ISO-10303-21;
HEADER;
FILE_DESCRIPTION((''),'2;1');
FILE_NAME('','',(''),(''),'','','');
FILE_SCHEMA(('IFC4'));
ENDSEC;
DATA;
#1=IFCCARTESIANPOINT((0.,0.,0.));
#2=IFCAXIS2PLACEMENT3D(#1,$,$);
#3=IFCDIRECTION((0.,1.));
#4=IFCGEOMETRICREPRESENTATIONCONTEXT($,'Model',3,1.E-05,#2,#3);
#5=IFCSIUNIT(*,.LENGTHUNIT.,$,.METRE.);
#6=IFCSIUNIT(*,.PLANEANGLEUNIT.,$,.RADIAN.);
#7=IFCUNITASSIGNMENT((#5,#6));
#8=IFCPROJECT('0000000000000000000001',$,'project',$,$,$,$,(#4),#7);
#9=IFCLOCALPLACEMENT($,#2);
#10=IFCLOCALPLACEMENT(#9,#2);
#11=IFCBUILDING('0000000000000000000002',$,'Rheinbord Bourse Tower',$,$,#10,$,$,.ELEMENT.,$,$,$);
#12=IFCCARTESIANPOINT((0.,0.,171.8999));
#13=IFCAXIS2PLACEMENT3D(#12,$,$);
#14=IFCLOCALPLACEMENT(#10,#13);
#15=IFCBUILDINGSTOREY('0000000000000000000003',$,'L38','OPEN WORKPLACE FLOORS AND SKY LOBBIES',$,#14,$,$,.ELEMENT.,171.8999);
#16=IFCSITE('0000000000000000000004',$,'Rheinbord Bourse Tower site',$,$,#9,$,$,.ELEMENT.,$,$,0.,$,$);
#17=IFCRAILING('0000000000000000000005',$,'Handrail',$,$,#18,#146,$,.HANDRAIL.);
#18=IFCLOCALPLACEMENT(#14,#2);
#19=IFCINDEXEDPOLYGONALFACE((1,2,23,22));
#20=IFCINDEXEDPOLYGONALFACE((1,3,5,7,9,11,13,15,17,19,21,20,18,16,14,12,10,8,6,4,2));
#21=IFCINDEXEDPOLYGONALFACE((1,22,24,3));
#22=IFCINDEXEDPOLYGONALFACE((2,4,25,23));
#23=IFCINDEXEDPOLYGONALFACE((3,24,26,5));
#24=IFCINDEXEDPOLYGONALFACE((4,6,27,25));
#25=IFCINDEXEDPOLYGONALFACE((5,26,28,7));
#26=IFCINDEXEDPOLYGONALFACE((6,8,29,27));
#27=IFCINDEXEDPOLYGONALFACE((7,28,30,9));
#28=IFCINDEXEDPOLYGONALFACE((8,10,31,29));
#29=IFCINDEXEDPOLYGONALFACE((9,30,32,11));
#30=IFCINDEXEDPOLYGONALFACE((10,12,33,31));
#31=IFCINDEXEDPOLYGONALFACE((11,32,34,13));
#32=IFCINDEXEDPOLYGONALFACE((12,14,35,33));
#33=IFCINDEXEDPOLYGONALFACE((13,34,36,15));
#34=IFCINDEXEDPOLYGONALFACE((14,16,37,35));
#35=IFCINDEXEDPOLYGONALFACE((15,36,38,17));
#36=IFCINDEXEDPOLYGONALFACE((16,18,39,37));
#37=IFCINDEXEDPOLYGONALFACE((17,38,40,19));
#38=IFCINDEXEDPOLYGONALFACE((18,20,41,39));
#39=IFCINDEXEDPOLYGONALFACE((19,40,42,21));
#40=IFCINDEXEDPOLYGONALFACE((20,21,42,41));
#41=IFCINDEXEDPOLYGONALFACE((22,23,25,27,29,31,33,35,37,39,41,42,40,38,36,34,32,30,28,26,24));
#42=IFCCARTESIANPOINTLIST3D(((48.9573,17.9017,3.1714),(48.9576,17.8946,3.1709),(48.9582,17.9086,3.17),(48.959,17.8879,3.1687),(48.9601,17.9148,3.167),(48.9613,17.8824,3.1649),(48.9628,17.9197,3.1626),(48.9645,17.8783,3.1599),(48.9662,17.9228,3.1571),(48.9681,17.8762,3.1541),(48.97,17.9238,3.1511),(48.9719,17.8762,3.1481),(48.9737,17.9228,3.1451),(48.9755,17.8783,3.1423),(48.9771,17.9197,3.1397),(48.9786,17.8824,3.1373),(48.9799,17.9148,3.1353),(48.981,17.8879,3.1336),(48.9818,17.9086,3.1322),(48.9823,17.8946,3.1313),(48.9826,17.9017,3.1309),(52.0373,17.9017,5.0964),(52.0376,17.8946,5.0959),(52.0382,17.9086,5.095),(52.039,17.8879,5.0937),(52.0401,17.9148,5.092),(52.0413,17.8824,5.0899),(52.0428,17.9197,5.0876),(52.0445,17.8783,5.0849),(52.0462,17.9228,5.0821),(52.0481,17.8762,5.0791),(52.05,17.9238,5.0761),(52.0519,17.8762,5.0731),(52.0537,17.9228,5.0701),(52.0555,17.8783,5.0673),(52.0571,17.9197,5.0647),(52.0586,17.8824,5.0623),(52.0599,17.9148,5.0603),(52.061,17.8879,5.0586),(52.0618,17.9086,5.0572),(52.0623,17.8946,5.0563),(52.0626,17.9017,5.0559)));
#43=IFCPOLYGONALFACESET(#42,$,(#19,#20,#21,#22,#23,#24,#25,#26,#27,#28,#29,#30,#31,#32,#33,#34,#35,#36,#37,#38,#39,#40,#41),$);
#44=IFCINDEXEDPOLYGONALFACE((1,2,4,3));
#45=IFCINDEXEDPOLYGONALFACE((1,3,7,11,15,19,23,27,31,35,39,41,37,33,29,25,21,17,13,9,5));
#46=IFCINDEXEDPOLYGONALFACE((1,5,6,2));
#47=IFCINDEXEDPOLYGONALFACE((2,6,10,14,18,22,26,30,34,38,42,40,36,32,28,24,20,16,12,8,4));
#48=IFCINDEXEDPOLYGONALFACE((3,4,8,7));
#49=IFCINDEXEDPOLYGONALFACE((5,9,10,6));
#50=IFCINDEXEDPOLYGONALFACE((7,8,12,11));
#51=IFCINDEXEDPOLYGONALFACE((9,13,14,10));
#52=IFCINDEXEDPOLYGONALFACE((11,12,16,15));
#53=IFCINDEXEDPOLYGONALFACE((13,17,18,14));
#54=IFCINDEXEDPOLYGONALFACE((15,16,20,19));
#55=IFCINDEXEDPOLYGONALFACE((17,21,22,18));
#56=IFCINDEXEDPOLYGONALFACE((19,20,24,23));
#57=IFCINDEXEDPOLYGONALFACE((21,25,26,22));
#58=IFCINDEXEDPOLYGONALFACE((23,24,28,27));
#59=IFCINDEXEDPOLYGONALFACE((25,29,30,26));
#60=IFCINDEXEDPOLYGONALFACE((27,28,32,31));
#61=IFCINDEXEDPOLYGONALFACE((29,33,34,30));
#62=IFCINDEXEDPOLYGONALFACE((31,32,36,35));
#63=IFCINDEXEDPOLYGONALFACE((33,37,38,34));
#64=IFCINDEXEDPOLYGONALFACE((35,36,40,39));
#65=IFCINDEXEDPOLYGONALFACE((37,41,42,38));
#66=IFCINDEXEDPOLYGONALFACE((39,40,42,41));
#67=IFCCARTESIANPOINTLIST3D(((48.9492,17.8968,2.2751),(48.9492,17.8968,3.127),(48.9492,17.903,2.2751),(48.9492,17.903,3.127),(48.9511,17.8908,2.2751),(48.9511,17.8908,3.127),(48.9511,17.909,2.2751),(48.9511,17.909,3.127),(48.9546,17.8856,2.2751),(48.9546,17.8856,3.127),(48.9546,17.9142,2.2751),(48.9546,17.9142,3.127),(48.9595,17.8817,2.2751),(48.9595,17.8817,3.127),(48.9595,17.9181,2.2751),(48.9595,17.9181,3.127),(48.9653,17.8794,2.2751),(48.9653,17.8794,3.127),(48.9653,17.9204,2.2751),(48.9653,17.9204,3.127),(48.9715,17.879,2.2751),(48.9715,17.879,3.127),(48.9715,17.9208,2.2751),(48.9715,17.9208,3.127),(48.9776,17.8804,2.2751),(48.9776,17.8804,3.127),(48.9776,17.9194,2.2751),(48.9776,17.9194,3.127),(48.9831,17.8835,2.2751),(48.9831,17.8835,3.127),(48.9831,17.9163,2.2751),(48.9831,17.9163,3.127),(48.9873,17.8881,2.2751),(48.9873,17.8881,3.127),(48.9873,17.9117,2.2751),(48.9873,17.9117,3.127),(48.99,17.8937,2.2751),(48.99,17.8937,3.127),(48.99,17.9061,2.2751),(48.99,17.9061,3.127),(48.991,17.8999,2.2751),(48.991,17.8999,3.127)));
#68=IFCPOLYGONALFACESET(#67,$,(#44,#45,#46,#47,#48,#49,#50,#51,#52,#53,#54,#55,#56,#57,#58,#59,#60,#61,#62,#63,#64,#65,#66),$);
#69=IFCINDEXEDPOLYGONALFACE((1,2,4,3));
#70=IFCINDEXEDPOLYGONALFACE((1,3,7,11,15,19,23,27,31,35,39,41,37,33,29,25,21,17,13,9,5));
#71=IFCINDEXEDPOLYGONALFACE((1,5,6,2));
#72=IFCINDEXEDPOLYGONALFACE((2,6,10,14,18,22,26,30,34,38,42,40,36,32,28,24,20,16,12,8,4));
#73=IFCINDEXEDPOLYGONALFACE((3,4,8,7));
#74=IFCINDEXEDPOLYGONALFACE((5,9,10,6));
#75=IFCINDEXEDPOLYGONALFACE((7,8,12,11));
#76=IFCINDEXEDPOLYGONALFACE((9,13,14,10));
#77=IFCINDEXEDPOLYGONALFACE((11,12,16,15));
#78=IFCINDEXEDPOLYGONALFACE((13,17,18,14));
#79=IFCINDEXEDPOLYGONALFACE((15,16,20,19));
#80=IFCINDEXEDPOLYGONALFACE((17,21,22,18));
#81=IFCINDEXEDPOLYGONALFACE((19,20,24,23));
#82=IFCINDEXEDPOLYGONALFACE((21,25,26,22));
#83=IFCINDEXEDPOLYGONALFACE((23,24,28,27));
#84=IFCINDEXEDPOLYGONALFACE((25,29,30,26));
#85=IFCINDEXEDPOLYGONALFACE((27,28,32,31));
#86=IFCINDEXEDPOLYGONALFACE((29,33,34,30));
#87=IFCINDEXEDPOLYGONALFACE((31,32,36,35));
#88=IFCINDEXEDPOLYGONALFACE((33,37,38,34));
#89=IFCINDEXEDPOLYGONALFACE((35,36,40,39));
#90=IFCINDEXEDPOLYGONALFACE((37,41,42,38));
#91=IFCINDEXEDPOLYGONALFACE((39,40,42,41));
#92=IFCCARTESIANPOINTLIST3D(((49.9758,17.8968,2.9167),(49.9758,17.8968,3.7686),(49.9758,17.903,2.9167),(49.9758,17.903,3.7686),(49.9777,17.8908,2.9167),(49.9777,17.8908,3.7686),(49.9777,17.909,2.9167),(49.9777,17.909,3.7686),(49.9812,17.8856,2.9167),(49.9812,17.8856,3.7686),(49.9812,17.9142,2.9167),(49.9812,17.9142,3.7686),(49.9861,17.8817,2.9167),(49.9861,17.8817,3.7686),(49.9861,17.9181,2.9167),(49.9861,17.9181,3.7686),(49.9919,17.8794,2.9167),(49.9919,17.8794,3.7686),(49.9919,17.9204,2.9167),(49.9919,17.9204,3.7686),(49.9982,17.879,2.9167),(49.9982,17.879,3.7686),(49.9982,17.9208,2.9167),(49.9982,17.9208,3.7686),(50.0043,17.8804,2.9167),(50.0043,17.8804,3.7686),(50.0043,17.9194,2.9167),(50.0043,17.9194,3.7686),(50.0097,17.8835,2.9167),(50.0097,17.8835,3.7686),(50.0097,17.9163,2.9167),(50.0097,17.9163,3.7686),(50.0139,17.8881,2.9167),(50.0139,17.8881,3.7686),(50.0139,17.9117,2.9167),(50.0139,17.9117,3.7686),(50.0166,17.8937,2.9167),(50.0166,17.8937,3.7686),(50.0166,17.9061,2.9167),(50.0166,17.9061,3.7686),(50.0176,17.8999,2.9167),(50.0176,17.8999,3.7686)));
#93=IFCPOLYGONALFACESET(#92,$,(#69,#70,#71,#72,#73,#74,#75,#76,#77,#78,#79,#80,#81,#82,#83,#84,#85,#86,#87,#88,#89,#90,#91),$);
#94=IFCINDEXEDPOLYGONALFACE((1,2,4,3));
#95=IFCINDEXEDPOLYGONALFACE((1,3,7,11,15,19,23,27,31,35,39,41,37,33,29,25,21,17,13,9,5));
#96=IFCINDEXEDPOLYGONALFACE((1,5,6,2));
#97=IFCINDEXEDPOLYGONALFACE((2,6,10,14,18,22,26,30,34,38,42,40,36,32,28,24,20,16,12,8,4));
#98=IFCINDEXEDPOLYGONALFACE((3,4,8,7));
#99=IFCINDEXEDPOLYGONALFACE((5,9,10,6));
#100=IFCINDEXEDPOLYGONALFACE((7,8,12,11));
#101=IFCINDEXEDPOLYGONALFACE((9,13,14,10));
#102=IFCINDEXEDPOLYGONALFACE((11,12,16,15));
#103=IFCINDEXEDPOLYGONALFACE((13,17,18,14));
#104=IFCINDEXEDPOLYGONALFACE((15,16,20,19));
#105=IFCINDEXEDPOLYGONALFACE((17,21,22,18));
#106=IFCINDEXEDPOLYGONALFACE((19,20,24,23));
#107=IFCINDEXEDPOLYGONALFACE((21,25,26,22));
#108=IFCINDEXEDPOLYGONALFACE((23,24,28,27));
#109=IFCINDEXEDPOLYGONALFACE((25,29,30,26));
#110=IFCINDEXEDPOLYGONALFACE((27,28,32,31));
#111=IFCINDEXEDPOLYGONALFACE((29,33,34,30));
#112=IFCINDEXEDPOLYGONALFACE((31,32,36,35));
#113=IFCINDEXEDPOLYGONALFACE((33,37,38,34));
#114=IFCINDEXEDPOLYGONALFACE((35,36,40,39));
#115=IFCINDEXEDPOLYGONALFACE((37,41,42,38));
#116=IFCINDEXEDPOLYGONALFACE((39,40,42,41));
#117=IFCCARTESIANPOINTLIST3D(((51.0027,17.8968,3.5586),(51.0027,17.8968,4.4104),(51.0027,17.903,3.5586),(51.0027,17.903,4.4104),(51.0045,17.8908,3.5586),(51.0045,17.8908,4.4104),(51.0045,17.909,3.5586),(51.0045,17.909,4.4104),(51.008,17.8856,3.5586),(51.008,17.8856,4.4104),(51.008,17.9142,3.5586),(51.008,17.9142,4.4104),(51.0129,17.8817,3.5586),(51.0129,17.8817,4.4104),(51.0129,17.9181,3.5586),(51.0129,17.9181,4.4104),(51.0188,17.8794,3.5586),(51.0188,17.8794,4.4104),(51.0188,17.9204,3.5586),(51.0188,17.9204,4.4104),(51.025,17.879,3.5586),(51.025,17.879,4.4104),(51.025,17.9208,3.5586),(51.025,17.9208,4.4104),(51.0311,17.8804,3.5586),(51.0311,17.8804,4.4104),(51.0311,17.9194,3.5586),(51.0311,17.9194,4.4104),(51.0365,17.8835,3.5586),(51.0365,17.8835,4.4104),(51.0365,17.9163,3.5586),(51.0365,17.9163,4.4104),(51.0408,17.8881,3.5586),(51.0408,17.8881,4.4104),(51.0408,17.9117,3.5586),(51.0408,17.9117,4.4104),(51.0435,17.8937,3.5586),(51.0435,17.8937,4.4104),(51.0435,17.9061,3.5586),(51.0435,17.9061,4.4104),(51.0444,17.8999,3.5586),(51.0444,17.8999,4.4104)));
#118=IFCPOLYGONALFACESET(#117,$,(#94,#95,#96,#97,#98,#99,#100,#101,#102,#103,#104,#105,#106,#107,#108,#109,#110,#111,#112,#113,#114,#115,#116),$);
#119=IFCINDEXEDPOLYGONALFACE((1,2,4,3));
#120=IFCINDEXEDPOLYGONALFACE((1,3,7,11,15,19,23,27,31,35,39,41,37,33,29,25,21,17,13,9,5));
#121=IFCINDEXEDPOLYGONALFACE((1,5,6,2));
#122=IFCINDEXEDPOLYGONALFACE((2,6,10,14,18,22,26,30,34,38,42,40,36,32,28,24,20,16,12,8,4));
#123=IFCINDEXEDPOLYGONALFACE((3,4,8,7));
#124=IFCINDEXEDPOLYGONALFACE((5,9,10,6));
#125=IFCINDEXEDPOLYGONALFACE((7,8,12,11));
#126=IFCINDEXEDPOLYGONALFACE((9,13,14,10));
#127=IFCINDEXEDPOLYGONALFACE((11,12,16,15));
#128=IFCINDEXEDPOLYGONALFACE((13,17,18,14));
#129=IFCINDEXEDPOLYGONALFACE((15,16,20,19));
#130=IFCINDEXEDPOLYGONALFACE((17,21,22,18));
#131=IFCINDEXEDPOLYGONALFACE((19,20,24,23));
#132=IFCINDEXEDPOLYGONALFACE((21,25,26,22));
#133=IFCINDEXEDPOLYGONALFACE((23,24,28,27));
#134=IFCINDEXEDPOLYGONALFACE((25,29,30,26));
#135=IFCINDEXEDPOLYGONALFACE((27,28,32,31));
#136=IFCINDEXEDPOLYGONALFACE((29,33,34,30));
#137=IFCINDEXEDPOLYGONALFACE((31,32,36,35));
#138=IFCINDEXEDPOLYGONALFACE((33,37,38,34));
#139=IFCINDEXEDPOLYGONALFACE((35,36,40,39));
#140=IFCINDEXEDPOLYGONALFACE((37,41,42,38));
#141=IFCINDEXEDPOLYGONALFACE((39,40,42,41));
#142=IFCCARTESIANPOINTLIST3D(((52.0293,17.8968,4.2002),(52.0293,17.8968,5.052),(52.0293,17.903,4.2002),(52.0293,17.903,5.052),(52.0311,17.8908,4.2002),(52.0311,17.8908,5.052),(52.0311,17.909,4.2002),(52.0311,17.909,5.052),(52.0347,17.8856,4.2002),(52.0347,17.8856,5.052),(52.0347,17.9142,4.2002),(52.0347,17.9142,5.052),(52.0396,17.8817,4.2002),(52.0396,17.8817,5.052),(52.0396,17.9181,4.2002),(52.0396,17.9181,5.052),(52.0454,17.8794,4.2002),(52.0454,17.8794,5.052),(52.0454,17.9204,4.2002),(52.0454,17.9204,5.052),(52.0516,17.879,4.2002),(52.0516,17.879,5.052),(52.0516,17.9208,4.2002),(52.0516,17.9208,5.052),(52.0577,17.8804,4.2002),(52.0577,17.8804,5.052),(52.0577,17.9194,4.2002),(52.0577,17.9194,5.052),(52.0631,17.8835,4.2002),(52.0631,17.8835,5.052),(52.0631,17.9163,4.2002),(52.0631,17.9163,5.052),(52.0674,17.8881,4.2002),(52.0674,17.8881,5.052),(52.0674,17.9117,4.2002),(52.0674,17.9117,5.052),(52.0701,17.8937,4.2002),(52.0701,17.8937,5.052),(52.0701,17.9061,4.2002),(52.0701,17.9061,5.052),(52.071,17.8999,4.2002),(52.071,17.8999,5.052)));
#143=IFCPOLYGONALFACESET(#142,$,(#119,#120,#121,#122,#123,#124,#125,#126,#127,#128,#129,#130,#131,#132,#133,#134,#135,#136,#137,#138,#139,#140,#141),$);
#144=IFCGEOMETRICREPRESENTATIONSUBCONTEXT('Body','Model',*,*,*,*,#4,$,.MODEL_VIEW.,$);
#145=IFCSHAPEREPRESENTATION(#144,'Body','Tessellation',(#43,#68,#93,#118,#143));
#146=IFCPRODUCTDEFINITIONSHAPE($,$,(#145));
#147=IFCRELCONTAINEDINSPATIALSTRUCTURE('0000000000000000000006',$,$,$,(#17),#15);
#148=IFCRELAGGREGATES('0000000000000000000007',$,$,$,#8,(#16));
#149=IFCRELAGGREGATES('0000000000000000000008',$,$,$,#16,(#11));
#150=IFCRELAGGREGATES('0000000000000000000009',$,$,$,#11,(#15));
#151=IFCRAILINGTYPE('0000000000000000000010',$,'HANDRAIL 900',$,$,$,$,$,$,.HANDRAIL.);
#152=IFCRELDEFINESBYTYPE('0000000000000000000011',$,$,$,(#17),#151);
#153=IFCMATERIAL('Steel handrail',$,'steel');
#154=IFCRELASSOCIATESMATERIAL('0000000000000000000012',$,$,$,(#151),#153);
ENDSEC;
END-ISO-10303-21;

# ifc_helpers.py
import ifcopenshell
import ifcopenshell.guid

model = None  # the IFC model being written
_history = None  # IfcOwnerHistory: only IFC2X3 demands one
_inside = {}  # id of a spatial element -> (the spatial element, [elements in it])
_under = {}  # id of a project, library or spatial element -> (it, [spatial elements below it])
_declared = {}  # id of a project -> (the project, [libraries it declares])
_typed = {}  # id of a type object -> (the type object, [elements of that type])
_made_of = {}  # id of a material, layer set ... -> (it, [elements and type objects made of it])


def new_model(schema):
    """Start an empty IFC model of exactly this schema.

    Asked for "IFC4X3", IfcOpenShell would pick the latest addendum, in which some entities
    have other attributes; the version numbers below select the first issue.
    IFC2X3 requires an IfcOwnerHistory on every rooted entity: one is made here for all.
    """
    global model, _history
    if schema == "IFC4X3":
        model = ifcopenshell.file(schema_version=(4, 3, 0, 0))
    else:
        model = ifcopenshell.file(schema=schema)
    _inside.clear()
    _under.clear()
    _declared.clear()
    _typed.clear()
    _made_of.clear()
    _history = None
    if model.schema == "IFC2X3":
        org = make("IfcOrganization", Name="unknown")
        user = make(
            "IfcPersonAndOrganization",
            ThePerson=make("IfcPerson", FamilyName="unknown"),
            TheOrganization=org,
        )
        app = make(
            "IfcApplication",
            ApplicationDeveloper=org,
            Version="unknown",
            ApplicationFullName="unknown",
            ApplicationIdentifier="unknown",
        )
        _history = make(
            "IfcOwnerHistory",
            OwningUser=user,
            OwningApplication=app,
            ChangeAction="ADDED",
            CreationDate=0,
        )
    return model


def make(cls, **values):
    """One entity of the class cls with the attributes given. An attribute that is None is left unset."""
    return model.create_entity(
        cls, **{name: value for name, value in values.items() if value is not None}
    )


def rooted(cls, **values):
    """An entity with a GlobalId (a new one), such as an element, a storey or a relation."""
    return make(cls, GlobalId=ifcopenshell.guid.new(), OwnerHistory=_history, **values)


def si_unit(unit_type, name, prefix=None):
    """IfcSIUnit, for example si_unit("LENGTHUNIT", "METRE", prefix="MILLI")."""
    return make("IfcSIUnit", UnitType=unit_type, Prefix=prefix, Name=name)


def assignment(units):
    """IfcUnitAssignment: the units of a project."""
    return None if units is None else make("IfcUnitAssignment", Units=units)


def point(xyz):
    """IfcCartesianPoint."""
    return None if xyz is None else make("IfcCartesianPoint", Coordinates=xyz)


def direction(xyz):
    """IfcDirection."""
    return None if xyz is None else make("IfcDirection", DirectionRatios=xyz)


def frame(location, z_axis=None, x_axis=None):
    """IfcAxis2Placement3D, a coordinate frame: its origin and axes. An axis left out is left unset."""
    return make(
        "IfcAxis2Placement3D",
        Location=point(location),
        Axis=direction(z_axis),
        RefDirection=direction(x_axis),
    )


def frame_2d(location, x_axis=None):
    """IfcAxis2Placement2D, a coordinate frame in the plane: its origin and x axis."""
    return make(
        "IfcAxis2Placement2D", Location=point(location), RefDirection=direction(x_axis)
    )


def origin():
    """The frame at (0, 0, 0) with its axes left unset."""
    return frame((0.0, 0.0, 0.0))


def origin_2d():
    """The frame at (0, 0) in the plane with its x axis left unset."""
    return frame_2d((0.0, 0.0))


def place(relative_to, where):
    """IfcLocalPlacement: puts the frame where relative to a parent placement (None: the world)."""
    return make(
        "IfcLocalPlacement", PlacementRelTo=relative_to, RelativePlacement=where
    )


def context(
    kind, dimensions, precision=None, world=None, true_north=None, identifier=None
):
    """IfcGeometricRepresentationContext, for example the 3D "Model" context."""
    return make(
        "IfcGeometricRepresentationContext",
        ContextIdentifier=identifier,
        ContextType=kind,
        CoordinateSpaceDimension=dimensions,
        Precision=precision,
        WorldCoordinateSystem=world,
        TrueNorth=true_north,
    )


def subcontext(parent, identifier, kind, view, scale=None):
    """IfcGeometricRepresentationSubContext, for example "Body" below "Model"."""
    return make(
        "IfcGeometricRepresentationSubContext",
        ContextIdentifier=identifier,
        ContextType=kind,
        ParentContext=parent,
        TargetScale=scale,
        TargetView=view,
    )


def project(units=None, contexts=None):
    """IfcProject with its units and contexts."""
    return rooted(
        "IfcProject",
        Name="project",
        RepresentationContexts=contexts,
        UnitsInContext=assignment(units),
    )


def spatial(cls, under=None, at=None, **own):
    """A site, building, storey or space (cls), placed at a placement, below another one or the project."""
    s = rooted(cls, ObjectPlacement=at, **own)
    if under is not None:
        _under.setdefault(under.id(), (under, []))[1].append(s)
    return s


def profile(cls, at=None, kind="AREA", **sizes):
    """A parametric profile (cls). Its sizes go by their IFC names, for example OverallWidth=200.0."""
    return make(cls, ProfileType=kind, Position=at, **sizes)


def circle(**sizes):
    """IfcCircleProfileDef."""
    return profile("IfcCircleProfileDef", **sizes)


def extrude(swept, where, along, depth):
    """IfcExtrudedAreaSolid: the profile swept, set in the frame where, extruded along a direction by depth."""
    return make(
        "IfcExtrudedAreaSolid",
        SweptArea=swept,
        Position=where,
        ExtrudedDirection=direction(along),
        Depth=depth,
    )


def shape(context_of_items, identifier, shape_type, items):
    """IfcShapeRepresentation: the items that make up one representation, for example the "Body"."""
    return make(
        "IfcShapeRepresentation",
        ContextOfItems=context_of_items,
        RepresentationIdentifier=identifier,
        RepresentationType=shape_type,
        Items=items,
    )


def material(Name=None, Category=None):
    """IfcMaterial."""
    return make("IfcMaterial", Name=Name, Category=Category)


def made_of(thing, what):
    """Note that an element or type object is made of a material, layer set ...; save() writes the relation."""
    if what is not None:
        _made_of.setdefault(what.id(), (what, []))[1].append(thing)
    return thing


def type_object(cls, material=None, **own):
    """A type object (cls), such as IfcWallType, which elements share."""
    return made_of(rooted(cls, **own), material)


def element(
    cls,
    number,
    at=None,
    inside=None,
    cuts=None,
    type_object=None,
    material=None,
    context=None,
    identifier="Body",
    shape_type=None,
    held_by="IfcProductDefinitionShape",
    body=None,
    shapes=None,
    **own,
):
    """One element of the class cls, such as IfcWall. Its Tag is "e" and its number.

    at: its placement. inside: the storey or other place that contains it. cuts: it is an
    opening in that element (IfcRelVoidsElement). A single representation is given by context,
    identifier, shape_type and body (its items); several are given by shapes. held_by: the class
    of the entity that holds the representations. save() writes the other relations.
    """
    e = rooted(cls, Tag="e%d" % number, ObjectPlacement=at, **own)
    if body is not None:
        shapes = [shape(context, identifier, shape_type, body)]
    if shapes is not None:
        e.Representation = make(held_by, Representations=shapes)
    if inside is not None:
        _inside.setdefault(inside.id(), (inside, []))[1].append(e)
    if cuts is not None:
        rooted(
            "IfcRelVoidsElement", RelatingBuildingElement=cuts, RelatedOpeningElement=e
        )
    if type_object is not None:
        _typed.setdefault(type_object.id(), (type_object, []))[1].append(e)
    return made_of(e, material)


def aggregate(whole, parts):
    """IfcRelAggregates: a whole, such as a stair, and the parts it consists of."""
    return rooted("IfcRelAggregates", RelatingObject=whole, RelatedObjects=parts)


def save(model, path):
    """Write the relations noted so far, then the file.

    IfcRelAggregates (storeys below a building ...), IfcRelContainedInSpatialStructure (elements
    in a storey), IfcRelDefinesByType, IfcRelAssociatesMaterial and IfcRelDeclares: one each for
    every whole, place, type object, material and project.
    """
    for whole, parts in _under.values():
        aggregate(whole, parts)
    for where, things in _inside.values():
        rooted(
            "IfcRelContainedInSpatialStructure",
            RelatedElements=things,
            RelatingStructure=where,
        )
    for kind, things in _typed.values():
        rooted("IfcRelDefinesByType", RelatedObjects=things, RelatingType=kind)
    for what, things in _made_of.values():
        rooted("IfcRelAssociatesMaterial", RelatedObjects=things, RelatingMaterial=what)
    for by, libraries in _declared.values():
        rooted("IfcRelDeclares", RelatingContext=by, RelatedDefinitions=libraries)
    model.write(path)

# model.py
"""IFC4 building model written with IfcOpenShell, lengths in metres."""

from ifc_helpers import new_model, si_unit, direction, frame, origin, origin_2d, place, context, subcontext, project, spatial, circle, extrude, material, type_object, element, save


model = new_model("IFC4")

# Units and contexts
model_context = context("Model", 3, precision=1e-05, world=origin(), true_north=direction((0.0, 1.0)))
body_context = subcontext(model_context, "Body", "Model", "MODEL_VIEW")
ifc_project = project(units=[si_unit("LENGTHUNIT", "METRE"), si_unit("PLANEANGLEUNIT", "RADIAN")], contexts=[model_context])

# Site, building, storey
site_placement = place(None, origin())
site = spatial("IfcSite", under=ifc_project, at=site_placement, Name="Rheinbord Bourse Tower site", CompositionType="ELEMENT", RefElevation=0.0)
building_placement = place(site_placement, origin())
building = spatial("IfcBuilding", under=site, at=building_placement, Name="Rheinbord Bourse Tower", CompositionType="ELEMENT")
storey_placement = place(building_placement, frame((0.0, 0.0, 171.8999)))
storey = spatial("IfcBuildingStorey", under=building, at=storey_placement, Name="L38", Description="OPEN WORKPLACE FLOORS AND SKY LOBBIES", CompositionType="ELEMENT", Elevation=171.8999)

# Railing
ifc_material_1 = material(Name="Steel handrail", Category="steel")
railing_type = type_object("IfcRailingType", Name="HANDRAIL 900", PredefinedType="HANDRAIL", material=ifc_material_1)
railing_1_placement = place(storey_placement, frame((48.97, 17.8999, 2.2751)))
element("IfcRailing", 1, at=railing_1_placement, inside=storey, type_object=railing_type, Name="Handrail", PredefinedType="HANDRAIL", context=body_context, shape_type="SweptSolid", body=[
    extrude(circle(Radius=0.0239, at=origin_2d()), frame((0.0, 0.0, 0.876), z_axis=(0.847998, 0.0, 0.529999), x_axis=(0.0, 1.0, 0.0)), (0.0, 0.0, 1.0), 3.6321),
    extrude(circle(Radius=0.021, at=origin_2d()), origin(), (0.0, 0.0, 1.0), 0.8518),
    extrude(circle(Radius=0.021, at=origin_2d()), frame((1.0266, 0.0, 0.6416)), (0.0, 0.0, 1.0), 0.8518),
    extrude(circle(Radius=0.021, at=origin_2d()), frame((2.0535, 0.0, 1.2834)), (0.0, 0.0, 1.0), 0.8518),
    extrude(circle(Radius=0.021, at=origin_2d()), frame((3.0801, 0.0, 1.925)), (0.0, 0.0, 1.0), 0.8518),
])

save(model, "model.ifc")
